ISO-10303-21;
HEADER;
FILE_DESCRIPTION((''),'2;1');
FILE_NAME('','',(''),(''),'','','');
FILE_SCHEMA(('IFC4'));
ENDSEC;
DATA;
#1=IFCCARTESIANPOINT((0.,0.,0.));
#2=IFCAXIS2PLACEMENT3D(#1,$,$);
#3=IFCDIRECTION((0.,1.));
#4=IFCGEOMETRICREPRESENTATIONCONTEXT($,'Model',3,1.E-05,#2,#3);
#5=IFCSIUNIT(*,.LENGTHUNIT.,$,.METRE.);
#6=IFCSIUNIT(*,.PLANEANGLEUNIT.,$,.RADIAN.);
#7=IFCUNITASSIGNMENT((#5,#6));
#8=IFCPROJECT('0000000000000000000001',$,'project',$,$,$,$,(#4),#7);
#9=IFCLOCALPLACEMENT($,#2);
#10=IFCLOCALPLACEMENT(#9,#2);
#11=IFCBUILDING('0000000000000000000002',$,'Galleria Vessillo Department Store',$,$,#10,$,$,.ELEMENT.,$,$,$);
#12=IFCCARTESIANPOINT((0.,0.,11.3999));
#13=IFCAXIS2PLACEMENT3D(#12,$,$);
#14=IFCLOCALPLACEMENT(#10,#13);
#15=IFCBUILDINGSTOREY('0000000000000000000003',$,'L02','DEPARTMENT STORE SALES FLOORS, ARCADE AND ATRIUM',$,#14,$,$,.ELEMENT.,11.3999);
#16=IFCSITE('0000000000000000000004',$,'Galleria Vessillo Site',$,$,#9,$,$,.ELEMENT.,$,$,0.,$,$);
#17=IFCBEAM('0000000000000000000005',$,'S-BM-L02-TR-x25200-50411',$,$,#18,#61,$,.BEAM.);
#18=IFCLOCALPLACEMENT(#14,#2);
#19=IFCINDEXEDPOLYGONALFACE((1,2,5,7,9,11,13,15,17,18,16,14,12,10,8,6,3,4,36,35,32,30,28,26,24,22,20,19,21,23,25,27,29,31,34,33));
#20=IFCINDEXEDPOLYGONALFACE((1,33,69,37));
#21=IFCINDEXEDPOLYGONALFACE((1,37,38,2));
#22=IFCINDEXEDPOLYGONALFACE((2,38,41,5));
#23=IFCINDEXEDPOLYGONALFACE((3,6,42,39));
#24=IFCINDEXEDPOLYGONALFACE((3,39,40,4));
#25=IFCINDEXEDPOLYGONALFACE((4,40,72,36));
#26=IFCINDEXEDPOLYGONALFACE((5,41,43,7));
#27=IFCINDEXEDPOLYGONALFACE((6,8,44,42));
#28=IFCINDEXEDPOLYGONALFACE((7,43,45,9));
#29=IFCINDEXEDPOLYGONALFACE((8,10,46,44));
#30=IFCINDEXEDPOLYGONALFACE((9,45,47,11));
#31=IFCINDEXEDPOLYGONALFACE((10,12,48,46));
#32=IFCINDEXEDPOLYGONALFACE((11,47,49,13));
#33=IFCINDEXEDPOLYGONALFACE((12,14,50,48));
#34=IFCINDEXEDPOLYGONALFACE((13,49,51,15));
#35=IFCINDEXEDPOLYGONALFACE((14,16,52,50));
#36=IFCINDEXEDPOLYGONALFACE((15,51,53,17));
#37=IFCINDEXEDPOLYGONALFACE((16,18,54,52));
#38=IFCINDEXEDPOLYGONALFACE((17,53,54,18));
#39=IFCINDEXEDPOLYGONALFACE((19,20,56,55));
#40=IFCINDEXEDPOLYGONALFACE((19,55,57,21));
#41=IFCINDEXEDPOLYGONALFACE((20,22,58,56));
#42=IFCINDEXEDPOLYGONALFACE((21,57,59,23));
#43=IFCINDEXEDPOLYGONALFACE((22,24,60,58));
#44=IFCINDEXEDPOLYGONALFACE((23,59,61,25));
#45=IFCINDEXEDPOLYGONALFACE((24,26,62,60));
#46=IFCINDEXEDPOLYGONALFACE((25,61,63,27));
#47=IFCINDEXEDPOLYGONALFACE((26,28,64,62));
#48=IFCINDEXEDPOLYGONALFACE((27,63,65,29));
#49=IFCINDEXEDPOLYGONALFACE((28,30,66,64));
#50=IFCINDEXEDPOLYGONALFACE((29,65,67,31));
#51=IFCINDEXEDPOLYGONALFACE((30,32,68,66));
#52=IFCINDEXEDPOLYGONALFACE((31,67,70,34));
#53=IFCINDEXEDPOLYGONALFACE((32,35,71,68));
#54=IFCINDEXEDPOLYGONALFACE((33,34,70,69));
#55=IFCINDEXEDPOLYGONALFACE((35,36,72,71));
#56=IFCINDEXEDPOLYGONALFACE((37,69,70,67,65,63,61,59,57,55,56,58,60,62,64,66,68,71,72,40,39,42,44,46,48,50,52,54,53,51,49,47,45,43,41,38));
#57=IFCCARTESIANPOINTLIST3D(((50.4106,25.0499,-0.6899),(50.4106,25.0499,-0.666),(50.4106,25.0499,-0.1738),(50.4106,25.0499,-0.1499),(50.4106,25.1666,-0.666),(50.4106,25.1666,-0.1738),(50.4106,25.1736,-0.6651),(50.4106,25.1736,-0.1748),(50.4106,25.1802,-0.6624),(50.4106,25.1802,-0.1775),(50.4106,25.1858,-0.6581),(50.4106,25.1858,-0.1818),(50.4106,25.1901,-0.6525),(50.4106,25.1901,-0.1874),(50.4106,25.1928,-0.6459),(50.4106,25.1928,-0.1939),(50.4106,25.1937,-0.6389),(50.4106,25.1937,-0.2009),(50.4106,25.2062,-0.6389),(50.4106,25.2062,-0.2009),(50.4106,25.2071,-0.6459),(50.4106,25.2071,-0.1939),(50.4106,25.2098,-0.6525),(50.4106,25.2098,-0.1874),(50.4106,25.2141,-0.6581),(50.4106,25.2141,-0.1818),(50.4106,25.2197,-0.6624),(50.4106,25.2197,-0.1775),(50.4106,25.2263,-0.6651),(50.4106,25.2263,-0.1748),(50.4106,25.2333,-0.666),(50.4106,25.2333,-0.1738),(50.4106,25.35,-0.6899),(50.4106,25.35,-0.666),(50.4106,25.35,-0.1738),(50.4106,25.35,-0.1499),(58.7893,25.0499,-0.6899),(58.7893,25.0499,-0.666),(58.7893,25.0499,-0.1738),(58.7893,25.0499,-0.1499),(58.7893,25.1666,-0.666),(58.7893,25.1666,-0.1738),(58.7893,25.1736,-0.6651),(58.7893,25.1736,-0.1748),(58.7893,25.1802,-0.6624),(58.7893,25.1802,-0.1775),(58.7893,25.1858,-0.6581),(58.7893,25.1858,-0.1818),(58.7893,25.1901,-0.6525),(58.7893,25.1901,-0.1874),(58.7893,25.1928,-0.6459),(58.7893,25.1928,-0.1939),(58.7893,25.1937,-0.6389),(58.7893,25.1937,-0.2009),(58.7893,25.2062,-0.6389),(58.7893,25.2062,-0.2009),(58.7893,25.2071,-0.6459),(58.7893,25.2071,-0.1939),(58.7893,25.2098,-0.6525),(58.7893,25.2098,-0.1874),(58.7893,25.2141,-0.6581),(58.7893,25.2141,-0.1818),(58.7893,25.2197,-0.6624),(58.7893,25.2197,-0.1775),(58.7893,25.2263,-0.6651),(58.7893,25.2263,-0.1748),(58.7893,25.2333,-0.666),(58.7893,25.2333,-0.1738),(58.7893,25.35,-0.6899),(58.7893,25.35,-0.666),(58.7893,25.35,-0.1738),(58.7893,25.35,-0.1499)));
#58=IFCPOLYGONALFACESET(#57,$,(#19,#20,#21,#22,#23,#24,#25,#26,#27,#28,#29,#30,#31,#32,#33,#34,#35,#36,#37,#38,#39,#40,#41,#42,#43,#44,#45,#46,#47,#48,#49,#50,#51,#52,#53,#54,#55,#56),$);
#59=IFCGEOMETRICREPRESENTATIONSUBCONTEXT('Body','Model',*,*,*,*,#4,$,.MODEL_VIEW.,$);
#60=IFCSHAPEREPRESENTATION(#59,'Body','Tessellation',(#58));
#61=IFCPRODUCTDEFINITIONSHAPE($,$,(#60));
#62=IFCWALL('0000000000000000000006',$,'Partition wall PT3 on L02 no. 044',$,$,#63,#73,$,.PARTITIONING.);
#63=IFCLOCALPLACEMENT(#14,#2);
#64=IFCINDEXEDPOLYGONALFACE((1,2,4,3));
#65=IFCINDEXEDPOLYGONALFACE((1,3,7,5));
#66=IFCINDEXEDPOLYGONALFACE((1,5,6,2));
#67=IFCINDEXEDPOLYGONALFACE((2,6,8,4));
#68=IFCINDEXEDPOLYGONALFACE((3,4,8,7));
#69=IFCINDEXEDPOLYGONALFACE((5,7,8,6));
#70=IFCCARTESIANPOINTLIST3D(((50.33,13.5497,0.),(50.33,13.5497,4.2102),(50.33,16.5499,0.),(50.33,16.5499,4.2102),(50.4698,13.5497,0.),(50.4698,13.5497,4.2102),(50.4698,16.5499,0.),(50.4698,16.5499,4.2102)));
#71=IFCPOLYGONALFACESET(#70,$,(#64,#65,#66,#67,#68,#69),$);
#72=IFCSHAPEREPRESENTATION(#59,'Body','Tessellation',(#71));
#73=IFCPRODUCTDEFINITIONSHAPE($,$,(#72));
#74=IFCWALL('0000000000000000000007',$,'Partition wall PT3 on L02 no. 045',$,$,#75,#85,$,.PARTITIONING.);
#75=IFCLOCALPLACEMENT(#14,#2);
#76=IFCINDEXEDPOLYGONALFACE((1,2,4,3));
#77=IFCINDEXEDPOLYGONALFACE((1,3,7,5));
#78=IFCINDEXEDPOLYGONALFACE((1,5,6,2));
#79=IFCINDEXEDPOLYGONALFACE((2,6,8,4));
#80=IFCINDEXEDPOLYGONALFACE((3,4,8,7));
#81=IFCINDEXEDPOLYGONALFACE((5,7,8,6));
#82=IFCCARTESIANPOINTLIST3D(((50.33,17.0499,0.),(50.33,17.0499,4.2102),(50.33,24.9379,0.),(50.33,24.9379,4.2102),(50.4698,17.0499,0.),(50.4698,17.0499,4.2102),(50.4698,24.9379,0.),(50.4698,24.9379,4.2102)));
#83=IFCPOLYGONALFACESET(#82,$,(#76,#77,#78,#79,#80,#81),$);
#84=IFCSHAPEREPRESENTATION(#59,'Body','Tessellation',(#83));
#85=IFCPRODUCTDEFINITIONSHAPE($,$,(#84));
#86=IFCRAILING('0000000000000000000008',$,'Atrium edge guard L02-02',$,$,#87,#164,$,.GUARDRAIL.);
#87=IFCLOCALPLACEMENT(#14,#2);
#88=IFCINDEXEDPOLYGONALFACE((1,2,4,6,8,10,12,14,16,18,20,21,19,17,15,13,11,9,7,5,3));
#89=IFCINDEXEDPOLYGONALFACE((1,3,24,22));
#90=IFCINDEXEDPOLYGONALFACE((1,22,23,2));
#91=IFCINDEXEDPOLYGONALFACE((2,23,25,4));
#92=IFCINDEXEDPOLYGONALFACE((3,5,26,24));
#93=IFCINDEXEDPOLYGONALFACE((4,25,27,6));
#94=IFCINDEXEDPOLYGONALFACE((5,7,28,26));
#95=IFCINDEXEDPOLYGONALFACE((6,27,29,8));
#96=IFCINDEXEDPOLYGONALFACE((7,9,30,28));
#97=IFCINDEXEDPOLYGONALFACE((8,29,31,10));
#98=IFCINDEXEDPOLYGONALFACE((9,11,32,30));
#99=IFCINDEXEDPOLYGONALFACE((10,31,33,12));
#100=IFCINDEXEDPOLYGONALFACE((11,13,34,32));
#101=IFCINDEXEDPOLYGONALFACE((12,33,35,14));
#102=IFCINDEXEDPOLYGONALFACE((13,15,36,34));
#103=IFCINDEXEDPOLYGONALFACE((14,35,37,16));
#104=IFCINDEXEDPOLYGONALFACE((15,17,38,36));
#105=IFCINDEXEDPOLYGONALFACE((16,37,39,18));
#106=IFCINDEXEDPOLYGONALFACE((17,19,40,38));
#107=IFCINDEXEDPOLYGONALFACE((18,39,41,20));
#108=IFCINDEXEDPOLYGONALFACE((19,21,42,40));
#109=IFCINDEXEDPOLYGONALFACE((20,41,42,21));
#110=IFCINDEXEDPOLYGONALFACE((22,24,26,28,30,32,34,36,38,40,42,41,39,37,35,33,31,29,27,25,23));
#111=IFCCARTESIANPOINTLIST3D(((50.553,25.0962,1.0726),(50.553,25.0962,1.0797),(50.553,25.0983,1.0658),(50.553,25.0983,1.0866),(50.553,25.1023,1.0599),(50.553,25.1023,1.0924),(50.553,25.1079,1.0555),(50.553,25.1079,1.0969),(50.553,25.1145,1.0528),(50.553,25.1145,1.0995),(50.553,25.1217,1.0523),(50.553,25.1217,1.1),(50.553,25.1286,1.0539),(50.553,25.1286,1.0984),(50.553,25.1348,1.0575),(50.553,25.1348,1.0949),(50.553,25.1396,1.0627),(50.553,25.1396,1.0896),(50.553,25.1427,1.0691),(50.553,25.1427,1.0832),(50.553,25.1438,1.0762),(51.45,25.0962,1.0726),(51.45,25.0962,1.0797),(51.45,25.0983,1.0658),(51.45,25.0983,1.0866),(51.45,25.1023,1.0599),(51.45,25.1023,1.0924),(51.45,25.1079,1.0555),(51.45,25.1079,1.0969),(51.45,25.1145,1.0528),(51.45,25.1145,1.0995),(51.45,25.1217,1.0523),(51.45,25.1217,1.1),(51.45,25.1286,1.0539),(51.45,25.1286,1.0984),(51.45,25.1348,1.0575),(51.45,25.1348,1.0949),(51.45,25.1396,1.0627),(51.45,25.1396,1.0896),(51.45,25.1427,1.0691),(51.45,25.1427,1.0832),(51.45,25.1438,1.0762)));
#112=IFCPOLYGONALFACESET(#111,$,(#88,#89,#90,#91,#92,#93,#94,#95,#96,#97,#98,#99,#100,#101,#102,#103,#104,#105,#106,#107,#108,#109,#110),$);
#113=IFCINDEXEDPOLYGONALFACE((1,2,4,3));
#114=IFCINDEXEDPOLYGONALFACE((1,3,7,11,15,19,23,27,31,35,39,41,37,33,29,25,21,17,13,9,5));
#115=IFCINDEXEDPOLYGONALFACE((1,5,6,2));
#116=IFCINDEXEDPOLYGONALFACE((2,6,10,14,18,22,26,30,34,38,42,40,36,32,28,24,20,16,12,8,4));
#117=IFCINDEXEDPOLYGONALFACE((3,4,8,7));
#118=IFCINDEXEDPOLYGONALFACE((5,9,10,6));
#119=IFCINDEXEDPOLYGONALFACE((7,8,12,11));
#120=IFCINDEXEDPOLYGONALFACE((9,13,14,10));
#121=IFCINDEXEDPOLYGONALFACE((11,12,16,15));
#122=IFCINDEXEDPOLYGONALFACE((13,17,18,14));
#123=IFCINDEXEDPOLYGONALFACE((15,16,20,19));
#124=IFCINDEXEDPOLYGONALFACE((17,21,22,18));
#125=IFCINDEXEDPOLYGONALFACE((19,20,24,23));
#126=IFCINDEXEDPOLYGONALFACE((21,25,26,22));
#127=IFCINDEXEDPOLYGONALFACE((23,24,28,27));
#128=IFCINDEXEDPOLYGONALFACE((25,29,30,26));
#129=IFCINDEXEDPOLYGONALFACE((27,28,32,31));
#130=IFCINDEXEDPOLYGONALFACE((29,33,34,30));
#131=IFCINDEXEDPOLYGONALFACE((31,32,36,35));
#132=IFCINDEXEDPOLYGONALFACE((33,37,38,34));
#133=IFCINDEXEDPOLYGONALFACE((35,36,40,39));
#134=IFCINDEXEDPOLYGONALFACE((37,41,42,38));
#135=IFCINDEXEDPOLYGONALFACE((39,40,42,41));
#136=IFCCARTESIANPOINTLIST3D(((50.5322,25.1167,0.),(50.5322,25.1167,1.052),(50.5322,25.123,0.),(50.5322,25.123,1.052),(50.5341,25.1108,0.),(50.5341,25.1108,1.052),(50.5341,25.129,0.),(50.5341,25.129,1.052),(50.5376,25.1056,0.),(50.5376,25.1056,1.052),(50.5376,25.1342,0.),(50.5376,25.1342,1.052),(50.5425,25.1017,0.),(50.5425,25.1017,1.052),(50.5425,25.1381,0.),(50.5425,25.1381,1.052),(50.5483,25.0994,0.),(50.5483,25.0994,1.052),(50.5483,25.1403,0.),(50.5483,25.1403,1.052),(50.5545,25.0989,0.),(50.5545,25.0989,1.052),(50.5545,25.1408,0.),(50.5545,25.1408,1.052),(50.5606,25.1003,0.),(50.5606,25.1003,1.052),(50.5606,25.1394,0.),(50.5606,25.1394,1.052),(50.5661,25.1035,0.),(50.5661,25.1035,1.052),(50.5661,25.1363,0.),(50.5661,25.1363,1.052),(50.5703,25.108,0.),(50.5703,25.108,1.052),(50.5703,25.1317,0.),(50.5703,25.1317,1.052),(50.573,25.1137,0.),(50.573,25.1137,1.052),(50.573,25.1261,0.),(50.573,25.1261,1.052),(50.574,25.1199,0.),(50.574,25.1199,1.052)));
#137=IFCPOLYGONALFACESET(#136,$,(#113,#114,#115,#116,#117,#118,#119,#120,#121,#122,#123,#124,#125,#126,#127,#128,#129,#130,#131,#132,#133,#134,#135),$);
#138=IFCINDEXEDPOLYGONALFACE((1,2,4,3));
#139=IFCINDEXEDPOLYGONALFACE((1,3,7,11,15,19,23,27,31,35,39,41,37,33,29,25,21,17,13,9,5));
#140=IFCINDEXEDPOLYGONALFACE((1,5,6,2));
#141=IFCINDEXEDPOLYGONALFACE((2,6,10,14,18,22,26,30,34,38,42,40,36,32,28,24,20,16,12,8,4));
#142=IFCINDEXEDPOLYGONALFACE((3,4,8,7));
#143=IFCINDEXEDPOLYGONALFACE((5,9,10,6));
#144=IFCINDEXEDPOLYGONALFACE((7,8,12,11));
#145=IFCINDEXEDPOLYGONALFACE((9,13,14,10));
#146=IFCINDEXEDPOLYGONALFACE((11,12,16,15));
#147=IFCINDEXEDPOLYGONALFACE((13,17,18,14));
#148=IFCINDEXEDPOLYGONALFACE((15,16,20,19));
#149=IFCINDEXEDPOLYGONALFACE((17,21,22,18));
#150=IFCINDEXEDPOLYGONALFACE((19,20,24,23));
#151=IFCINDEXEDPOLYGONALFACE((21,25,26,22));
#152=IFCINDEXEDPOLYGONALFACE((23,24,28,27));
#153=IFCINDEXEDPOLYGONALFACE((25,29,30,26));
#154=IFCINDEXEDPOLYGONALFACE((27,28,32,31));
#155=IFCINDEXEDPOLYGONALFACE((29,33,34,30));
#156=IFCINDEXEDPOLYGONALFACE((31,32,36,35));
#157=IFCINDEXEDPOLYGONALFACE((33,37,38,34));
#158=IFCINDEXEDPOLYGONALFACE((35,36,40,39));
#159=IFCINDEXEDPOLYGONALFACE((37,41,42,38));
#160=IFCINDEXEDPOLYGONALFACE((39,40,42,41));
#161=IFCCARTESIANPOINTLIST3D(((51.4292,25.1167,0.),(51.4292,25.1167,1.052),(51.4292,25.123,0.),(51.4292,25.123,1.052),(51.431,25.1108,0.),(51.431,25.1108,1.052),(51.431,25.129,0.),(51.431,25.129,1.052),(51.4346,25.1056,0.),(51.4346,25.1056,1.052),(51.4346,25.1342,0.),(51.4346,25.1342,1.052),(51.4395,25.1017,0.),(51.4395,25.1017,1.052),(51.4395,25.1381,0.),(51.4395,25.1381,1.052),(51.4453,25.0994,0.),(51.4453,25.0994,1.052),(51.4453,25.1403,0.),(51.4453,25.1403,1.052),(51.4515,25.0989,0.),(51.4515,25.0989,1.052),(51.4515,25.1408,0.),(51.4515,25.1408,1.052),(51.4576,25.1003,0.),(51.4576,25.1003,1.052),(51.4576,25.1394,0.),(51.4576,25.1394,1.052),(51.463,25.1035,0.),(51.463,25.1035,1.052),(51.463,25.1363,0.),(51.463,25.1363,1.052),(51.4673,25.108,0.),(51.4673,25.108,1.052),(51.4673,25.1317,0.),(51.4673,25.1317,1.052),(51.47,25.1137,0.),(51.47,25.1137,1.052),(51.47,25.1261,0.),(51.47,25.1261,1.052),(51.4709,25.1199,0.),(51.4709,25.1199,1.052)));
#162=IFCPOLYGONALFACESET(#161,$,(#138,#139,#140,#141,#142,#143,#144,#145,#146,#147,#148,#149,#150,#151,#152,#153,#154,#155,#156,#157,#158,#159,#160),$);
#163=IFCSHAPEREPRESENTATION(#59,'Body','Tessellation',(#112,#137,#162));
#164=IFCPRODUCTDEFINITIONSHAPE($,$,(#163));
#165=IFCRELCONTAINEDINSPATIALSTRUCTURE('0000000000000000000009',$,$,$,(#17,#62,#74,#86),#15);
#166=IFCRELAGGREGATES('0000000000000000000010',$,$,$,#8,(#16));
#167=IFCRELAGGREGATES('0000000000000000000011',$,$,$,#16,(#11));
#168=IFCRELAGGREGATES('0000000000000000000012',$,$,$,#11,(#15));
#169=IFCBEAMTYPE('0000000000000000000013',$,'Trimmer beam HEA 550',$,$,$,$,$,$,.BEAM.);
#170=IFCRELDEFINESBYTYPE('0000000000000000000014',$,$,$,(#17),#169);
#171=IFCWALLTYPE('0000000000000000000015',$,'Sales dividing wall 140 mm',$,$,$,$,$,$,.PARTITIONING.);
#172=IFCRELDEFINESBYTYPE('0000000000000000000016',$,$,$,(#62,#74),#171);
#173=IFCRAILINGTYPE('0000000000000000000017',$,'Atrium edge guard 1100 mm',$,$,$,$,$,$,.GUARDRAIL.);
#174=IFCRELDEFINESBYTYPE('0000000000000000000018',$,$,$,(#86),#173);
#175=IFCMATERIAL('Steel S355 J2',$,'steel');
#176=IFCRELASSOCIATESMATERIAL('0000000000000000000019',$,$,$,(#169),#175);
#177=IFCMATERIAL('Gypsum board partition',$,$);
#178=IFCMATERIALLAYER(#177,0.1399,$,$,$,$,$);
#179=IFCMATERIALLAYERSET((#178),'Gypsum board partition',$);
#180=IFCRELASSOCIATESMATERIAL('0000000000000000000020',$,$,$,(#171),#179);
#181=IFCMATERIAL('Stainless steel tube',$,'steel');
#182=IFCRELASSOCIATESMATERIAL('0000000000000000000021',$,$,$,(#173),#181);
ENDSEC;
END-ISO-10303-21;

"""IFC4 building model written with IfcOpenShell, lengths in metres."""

from ifc_helpers import new_model, si_unit, direction, frame, frame_2d, origin, origin_2d, place, context, subcontext, project, spatial, rectangle, circle, i_section, extrude, material, layer, layer_set, material_profile, profile_set, type_object, element, save


model = new_model("IFC4")

# Units and contexts
model_context = context("Model", 3, precision=1e-05, world=origin(), true_north=direction((0.0, 1.0)))
body_context = subcontext(model_context, "Body", "Model", "MODEL_VIEW")
ifc_project = project(units=[si_unit("LENGTHUNIT", "METRE"), si_unit("PLANEANGLEUNIT", "RADIAN")], contexts=[model_context])

# Site, building, storey
site_placement = place(None, origin())
site = spatial("IfcSite", under=ifc_project, at=site_placement, Name="Galleria Vessillo Site", CompositionType="ELEMENT", RefElevation=0.0)
building_placement = place(site_placement, origin())
building = spatial("IfcBuilding", under=site, at=building_placement, Name="Galleria Vessillo Department Store", CompositionType="ELEMENT")
storey_placement = place(building_placement, frame((0.0, 0.0, 11.3999)))
storey = spatial("IfcBuildingStorey", under=building, at=storey_placement, Name="L02", Description="DEPARTMENT STORE SALES FLOORS, ARCADE AND ATRIUM", CompositionType="ELEMENT", Elevation=11.3999)

# Beam
ifc_material_1 = material(Name="Steel S355 J2", Category="steel")
ifc_material_profile_1 = material_profile(ifc_material_1, i_section(OverallWidth=0.3, OverallDepth=0.54, WebThickness=0.0125, FlangeThickness=0.0239, FilletRadius=0.0271, at=origin_2d()), Name="HEA 550")
ifc_profile_set_1 = profile_set([ifc_material_profile_1], Name="Steel S355 J2")
beam_type_1 = type_object("IfcBeamType", Name="Trimmer beam HEA 550", PredefinedType="BEAM", material=ifc_profile_set_1)
for number, where, z_axis, x_axis, name in (
    (1, (50.4106, 25.2, -0.4199), (1.0, 0.0, 0.0), (0.0, 1.0, 0.0), "S-BM-L02-TR-x25200-50411"),
):
    element("IfcBeam", number, at=place(storey_placement, frame(where, z_axis=z_axis, x_axis=x_axis)), inside=storey, type_object=beam_type_1, Name=name, PredefinedType="BEAM", context=body_context, shape_type="SweptSolid", body=[
        extrude(i_section(OverallWidth=0.3, OverallDepth=0.54, WebThickness=0.0125, FlangeThickness=0.0239, FilletRadius=0.0271, at=origin_2d()), origin(), (0.0, 0.0, 1.0), 8.3787),
    ])

# Walls
ifc_material_2 = material(Name="Gypsum board partition")
ifc_layer = layer(ifc_material_2, 0.1399)
ifc_layer_set = layer_set([ifc_layer], Name="Gypsum board partition")
wall_type = type_object("IfcWallType", Name="Sales dividing wall 140 mm", PredefinedType="PARTITIONING", material=ifc_layer_set)
wall_1_placement = place(storey_placement, frame((50.3999, 13.5498, 0.0), z_axis=(0.0, 0.0, 1.0), x_axis=(0.0, 1.0, 0.0)))
element("IfcWall", 2, at=wall_1_placement, inside=storey, type_object=wall_type, Name="Partition wall PT3 on L02 no. 044", PredefinedType="PARTITIONING", context=body_context, shape_type="SweptSolid", body=[
    extrude(rectangle(XDim=3.0002, YDim=0.1399, at=frame_2d((1.5, 0.0))), origin(), (0.0, 0.0, 1.0), 4.2102),
])
wall_2_placement = place(storey_placement, frame((50.3999, 17.05, 0.0), z_axis=(0.0, 0.0, 1.0), x_axis=(0.0, 1.0, 0.0)))
element("IfcWall", 3, at=wall_2_placement, inside=storey, type_object=wall_type, Name="Partition wall PT3 on L02 no. 045", PredefinedType="PARTITIONING", context=body_context, shape_type="SweptSolid", body=[
    extrude(rectangle(XDim=7.8879, YDim=0.1399, at=frame_2d((3.9438, 0.0))), origin(), (0.0, 0.0, 1.0), 4.2102),
])

# Railing
ifc_material_3 = material(Name="Stainless steel tube", Category="steel")
railing_type = type_object("IfcRailingType", Name="Atrium edge guard 1100 mm", PredefinedType="GUARDRAIL", material=ifc_material_3)
railing_1_placement = place(storey_placement, frame((50.553, 25.1199, 0.0)))
element("IfcRailing", 4, at=railing_1_placement, inside=storey, type_object=railing_type, Name="Atrium edge guard L02-02", PredefinedType="GUARDRAIL", context=body_context, shape_type="SweptSolid", body=[
    extrude(circle(Radius=0.0239, at=origin_2d()), frame((0.0, 0.0, 1.0762), z_axis=(1.0, 0.0, 0.0), x_axis=(0.0, 1.0, 0.0)), (0.0, 0.0, 1.0), 0.897),
    extrude(circle(Radius=0.021, at=origin_2d()), origin(), (0.0, 0.0, 1.0), 1.052),
    extrude(circle(Radius=0.021, at=origin_2d()), frame((0.897, 0.0, 0.0)), (0.0, 0.0, 1.0), 1.052),
])

save(model, "model.ifc")
